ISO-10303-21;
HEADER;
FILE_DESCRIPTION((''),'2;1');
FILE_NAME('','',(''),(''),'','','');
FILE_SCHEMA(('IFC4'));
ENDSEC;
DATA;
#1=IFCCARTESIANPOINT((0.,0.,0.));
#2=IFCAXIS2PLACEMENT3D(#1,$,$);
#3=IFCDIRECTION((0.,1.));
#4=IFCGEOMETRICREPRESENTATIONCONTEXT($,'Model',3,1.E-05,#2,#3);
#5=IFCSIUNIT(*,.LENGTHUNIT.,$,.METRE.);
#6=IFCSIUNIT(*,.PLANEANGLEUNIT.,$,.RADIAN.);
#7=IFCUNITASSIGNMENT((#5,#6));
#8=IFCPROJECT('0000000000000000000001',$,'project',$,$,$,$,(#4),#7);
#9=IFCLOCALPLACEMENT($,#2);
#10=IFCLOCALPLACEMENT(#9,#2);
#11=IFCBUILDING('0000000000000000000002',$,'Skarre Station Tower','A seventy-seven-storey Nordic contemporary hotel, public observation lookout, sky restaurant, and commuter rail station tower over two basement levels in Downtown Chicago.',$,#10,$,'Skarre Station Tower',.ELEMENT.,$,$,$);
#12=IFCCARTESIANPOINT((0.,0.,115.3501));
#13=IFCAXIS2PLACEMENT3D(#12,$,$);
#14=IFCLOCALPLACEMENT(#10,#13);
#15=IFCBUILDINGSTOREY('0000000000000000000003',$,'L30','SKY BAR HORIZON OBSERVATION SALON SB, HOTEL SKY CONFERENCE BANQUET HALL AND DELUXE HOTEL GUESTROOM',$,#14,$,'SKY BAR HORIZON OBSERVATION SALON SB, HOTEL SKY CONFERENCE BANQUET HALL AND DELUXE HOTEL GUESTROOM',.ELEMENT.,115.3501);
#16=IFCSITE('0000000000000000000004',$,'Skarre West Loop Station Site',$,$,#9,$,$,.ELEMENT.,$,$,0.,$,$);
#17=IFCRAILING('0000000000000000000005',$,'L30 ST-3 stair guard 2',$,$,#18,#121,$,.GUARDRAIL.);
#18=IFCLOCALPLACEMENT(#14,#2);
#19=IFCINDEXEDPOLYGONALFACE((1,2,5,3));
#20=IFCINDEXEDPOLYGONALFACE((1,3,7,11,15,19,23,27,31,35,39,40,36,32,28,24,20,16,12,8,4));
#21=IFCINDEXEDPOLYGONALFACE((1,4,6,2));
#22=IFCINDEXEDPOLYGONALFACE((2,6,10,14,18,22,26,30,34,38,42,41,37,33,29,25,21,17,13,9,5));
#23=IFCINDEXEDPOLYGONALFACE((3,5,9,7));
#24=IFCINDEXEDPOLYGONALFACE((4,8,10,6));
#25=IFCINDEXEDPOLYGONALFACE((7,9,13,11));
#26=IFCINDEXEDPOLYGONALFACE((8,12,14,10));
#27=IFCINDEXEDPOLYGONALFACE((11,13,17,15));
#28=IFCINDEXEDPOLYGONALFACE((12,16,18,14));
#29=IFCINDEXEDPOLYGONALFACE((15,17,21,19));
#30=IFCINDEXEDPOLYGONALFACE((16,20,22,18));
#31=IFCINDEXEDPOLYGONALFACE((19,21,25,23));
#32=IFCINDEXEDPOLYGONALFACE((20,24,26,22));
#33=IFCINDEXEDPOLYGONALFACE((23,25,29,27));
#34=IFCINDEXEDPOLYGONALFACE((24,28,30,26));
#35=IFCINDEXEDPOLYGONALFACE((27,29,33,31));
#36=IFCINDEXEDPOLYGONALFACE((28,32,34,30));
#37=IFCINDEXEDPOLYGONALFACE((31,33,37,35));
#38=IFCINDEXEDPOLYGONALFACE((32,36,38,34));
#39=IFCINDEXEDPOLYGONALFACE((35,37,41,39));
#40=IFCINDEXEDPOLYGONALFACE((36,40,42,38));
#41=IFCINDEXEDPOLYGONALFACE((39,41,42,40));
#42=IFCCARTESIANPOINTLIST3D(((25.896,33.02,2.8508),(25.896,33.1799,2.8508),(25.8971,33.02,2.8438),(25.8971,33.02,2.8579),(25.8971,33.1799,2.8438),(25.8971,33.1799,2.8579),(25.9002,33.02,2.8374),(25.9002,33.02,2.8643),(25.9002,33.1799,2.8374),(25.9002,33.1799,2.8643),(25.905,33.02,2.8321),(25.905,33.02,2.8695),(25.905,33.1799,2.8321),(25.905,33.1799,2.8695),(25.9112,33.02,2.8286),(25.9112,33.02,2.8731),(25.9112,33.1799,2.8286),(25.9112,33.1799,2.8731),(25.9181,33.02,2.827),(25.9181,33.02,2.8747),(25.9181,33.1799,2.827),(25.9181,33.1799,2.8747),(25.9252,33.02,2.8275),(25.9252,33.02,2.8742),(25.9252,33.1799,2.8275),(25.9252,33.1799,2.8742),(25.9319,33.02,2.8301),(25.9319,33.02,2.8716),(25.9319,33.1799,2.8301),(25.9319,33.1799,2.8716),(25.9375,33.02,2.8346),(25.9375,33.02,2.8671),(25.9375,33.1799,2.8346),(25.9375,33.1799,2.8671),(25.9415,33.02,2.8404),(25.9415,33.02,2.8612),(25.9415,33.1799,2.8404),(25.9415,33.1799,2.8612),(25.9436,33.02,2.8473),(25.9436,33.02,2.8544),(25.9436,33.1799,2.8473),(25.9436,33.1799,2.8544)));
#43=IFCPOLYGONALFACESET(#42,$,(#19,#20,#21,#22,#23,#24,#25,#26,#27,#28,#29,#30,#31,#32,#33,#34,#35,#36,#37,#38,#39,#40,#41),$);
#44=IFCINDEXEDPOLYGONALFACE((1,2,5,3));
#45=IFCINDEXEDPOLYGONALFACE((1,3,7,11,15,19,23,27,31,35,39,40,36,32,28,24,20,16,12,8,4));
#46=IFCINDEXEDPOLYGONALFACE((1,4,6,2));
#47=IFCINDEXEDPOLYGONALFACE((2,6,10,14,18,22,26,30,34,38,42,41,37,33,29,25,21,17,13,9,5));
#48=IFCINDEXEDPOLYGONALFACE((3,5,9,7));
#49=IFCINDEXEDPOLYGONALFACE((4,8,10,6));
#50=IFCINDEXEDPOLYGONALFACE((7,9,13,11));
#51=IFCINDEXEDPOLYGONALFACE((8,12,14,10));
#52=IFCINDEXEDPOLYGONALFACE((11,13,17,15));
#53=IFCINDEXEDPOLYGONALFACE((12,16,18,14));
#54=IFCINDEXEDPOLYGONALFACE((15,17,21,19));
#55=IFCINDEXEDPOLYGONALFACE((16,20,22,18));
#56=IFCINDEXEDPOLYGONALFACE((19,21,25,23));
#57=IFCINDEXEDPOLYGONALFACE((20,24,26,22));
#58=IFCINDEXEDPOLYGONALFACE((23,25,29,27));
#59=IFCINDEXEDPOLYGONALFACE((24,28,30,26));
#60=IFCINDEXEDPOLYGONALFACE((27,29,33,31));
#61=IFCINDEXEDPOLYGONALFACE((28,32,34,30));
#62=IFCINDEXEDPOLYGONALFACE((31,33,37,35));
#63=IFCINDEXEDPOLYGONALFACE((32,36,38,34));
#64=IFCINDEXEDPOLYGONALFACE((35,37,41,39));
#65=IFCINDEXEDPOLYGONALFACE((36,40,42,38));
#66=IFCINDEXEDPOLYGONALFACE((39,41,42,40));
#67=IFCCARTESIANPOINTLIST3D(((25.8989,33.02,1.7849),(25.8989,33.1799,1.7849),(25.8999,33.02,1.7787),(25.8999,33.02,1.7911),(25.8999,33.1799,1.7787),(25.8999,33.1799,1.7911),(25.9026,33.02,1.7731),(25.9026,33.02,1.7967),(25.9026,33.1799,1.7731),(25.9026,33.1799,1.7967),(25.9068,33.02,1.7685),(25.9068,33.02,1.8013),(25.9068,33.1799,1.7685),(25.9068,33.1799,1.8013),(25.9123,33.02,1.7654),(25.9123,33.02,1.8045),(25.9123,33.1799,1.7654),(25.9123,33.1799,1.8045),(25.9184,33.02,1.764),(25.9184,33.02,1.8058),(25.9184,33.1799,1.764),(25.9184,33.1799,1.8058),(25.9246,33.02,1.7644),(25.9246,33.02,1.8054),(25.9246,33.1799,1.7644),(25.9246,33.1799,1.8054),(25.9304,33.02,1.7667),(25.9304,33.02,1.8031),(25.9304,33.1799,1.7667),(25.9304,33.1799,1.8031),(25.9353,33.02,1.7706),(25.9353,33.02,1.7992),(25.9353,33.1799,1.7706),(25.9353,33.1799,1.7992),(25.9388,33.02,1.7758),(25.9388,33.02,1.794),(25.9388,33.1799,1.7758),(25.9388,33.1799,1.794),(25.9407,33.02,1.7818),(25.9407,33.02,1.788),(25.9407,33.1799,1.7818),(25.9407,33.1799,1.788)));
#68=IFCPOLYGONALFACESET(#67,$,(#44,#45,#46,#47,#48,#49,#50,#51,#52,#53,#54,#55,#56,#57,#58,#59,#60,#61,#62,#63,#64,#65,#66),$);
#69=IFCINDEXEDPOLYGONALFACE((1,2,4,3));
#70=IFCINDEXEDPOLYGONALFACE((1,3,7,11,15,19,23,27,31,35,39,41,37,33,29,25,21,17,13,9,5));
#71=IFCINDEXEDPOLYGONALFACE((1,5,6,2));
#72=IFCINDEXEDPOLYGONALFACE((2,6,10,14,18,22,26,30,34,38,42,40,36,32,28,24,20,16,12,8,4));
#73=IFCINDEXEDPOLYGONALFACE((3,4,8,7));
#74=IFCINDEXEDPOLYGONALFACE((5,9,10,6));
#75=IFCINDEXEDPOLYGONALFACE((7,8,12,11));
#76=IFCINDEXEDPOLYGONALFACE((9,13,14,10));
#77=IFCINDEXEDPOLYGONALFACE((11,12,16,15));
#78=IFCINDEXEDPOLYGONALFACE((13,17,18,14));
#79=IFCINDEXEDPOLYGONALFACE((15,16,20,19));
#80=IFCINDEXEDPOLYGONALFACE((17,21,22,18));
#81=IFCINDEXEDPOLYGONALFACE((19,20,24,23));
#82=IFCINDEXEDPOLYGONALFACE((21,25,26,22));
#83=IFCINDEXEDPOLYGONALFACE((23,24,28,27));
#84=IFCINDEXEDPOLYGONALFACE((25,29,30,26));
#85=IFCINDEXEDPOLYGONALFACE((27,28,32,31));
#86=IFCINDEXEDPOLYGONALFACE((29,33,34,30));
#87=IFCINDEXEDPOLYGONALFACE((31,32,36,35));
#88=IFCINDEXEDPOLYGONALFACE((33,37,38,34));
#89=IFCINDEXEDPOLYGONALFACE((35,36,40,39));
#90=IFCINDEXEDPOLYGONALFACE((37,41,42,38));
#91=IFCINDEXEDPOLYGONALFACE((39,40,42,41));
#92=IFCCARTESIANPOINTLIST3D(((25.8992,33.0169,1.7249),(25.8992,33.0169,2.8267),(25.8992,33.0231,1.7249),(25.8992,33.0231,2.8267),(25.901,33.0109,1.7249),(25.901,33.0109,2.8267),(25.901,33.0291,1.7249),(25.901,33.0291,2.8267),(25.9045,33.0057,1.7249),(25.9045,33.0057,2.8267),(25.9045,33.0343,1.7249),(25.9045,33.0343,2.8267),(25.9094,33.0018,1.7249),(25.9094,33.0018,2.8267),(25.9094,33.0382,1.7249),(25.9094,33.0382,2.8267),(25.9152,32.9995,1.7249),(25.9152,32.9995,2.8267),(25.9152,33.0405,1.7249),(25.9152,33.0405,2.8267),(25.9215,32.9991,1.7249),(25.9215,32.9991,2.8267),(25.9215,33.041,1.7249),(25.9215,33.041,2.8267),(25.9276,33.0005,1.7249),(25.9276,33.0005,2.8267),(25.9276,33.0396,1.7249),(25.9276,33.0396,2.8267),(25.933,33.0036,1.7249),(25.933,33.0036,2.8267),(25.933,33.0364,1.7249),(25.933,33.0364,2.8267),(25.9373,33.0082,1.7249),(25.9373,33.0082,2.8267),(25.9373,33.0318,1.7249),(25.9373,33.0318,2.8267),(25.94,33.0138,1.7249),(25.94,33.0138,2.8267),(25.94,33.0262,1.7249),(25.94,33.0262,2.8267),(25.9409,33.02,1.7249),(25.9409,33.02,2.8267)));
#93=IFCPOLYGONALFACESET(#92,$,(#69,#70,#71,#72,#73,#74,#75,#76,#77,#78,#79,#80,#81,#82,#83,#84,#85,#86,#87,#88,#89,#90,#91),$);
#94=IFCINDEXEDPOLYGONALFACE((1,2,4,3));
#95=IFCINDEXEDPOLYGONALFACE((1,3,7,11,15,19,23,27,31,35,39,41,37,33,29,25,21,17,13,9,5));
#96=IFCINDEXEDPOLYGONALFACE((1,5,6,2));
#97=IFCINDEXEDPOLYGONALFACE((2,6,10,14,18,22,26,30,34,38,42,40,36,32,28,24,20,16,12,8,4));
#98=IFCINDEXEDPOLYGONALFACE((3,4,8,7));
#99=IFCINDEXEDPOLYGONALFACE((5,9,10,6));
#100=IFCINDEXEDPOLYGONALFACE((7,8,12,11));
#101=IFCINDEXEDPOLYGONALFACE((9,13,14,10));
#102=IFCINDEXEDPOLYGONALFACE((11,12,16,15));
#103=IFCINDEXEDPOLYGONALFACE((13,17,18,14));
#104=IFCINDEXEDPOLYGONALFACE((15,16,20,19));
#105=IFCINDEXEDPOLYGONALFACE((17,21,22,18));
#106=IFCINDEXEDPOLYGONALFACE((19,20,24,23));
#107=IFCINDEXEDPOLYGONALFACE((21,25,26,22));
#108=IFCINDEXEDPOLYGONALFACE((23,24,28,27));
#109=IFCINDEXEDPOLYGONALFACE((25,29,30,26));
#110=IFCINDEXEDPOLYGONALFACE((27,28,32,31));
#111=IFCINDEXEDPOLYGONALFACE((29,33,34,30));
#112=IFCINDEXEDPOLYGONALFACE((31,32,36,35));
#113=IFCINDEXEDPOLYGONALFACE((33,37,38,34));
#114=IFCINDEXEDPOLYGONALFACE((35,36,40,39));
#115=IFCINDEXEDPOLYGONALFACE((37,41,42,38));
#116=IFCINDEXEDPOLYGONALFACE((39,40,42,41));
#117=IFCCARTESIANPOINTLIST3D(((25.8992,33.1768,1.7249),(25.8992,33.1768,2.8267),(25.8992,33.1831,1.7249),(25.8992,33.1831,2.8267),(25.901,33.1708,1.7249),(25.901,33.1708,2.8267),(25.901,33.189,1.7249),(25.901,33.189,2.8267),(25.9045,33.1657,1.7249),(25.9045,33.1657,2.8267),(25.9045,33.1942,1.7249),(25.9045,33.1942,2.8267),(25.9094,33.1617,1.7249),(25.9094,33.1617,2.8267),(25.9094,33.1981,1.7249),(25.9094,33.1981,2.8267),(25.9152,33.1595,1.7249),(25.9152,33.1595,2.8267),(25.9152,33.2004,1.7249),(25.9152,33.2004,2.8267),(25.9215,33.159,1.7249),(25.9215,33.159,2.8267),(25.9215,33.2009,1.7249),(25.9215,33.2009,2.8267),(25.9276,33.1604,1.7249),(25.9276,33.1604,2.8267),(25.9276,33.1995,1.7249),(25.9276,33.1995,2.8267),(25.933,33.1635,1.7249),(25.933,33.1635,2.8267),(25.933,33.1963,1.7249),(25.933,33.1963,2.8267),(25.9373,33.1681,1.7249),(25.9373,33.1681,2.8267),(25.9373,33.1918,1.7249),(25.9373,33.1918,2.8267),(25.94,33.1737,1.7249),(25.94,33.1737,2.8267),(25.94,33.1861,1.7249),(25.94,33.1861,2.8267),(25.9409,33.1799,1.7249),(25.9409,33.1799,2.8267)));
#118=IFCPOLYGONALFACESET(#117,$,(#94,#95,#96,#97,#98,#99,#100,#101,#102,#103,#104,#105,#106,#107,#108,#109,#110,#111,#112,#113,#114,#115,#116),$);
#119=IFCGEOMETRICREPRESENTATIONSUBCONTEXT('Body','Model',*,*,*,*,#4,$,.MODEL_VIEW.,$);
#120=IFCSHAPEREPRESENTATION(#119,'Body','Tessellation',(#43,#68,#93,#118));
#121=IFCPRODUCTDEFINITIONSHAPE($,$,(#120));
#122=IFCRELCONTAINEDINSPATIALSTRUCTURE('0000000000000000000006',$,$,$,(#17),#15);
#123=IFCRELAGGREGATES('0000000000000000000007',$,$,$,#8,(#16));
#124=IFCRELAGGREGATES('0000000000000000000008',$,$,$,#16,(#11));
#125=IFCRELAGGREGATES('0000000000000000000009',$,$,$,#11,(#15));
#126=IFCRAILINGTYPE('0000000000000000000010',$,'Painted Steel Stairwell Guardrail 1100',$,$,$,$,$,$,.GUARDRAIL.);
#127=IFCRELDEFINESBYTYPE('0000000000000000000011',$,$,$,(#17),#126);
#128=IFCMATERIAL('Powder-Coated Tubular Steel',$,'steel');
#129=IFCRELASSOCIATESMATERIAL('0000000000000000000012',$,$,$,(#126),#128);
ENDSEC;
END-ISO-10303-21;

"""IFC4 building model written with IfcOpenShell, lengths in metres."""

from ifc_helpers import new_model, si_unit, direction, frame, origin, origin_2d, place, context, subcontext, project, spatial, circle, extrude, material, type_object, element, save


model = new_model("IFC4")

# Units and contexts
model_context = context("Model", 3, precision=1e-05, world=origin(), true_north=direction((0.0, 1.0)))
body_context = subcontext(model_context, "Body", "Model", "MODEL_VIEW")
ifc_project = project(units=[si_unit("LENGTHUNIT", "METRE"), si_unit("PLANEANGLEUNIT", "RADIAN")], contexts=[model_context])

# Site, building, storey
site_placement = place(None, origin())
site = spatial("IfcSite", under=ifc_project, at=site_placement, Name="Skarre West Loop Station Site", CompositionType="ELEMENT", RefElevation=0.0)
building_placement = place(site_placement, origin())
building = spatial("IfcBuilding", under=site, at=building_placement, Name="Skarre Station Tower", Description="A seventy-seven-storey Nordic contemporary hotel, public observation lookout, sky restaurant, and commuter rail station tower over two basement levels in Downtown Chicago.", LongName="Skarre Station Tower", CompositionType="ELEMENT")
storey_placement = place(building_placement, frame((0.0, 0.0, 115.3501)))
storey = spatial("IfcBuildingStorey", under=building, at=storey_placement, Name="L30", Description="SKY BAR HORIZON OBSERVATION SALON SB, HOTEL SKY CONFERENCE BANQUET HALL AND DELUXE HOTEL GUESTROOM", LongName="SKY BAR HORIZON OBSERVATION SALON SB, HOTEL SKY CONFERENCE BANQUET HALL AND DELUXE HOTEL GUESTROOM", CompositionType="ELEMENT", Elevation=115.3501)

# Railing
ifc_material_1 = material(Name="Powder-Coated Tubular Steel", Category="steel")
railing_type = type_object("IfcRailingType", Name="Painted Steel Stairwell Guardrail 1100", PredefinedType="GUARDRAIL", material=ifc_material_1)
railing_placement = place(storey_placement, frame((25.9199, 33.02, 1.7249)))
element("IfcRailing", 1, at=railing_placement, inside=storey, type_object=railing_type, Name="L30 ST-3 stair guard 2", PredefinedType="GUARDRAIL", context=body_context, shape_type="SweptSolid", body=[
    extrude(circle(Radius=0.0239, at=origin_2d()), frame((0.0, 0.0, 1.126), z_axis=(0.0, 1.0, 0.0), x_axis=(-1.0, 0.0, 0.0)), (0.0, 0.0, 1.0), 0.1599),
    extrude(circle(Radius=0.021, at=origin_2d()), frame((0.0, 0.0, 0.0601), z_axis=(0.0, 1.0, 0.0), x_axis=(-1.0, 0.0, 0.0)), (0.0, 0.0, 1.0), 0.1599),
    extrude(circle(Radius=0.021, at=origin_2d()), origin(), (0.0, 0.0, 1.0), 1.1018),
    extrude(circle(Radius=0.021, at=origin_2d()), frame((0.0, 0.1599, 0.0)), (0.0, 0.0, 1.0), 1.1018),
])

save(model, "model.ifc")
